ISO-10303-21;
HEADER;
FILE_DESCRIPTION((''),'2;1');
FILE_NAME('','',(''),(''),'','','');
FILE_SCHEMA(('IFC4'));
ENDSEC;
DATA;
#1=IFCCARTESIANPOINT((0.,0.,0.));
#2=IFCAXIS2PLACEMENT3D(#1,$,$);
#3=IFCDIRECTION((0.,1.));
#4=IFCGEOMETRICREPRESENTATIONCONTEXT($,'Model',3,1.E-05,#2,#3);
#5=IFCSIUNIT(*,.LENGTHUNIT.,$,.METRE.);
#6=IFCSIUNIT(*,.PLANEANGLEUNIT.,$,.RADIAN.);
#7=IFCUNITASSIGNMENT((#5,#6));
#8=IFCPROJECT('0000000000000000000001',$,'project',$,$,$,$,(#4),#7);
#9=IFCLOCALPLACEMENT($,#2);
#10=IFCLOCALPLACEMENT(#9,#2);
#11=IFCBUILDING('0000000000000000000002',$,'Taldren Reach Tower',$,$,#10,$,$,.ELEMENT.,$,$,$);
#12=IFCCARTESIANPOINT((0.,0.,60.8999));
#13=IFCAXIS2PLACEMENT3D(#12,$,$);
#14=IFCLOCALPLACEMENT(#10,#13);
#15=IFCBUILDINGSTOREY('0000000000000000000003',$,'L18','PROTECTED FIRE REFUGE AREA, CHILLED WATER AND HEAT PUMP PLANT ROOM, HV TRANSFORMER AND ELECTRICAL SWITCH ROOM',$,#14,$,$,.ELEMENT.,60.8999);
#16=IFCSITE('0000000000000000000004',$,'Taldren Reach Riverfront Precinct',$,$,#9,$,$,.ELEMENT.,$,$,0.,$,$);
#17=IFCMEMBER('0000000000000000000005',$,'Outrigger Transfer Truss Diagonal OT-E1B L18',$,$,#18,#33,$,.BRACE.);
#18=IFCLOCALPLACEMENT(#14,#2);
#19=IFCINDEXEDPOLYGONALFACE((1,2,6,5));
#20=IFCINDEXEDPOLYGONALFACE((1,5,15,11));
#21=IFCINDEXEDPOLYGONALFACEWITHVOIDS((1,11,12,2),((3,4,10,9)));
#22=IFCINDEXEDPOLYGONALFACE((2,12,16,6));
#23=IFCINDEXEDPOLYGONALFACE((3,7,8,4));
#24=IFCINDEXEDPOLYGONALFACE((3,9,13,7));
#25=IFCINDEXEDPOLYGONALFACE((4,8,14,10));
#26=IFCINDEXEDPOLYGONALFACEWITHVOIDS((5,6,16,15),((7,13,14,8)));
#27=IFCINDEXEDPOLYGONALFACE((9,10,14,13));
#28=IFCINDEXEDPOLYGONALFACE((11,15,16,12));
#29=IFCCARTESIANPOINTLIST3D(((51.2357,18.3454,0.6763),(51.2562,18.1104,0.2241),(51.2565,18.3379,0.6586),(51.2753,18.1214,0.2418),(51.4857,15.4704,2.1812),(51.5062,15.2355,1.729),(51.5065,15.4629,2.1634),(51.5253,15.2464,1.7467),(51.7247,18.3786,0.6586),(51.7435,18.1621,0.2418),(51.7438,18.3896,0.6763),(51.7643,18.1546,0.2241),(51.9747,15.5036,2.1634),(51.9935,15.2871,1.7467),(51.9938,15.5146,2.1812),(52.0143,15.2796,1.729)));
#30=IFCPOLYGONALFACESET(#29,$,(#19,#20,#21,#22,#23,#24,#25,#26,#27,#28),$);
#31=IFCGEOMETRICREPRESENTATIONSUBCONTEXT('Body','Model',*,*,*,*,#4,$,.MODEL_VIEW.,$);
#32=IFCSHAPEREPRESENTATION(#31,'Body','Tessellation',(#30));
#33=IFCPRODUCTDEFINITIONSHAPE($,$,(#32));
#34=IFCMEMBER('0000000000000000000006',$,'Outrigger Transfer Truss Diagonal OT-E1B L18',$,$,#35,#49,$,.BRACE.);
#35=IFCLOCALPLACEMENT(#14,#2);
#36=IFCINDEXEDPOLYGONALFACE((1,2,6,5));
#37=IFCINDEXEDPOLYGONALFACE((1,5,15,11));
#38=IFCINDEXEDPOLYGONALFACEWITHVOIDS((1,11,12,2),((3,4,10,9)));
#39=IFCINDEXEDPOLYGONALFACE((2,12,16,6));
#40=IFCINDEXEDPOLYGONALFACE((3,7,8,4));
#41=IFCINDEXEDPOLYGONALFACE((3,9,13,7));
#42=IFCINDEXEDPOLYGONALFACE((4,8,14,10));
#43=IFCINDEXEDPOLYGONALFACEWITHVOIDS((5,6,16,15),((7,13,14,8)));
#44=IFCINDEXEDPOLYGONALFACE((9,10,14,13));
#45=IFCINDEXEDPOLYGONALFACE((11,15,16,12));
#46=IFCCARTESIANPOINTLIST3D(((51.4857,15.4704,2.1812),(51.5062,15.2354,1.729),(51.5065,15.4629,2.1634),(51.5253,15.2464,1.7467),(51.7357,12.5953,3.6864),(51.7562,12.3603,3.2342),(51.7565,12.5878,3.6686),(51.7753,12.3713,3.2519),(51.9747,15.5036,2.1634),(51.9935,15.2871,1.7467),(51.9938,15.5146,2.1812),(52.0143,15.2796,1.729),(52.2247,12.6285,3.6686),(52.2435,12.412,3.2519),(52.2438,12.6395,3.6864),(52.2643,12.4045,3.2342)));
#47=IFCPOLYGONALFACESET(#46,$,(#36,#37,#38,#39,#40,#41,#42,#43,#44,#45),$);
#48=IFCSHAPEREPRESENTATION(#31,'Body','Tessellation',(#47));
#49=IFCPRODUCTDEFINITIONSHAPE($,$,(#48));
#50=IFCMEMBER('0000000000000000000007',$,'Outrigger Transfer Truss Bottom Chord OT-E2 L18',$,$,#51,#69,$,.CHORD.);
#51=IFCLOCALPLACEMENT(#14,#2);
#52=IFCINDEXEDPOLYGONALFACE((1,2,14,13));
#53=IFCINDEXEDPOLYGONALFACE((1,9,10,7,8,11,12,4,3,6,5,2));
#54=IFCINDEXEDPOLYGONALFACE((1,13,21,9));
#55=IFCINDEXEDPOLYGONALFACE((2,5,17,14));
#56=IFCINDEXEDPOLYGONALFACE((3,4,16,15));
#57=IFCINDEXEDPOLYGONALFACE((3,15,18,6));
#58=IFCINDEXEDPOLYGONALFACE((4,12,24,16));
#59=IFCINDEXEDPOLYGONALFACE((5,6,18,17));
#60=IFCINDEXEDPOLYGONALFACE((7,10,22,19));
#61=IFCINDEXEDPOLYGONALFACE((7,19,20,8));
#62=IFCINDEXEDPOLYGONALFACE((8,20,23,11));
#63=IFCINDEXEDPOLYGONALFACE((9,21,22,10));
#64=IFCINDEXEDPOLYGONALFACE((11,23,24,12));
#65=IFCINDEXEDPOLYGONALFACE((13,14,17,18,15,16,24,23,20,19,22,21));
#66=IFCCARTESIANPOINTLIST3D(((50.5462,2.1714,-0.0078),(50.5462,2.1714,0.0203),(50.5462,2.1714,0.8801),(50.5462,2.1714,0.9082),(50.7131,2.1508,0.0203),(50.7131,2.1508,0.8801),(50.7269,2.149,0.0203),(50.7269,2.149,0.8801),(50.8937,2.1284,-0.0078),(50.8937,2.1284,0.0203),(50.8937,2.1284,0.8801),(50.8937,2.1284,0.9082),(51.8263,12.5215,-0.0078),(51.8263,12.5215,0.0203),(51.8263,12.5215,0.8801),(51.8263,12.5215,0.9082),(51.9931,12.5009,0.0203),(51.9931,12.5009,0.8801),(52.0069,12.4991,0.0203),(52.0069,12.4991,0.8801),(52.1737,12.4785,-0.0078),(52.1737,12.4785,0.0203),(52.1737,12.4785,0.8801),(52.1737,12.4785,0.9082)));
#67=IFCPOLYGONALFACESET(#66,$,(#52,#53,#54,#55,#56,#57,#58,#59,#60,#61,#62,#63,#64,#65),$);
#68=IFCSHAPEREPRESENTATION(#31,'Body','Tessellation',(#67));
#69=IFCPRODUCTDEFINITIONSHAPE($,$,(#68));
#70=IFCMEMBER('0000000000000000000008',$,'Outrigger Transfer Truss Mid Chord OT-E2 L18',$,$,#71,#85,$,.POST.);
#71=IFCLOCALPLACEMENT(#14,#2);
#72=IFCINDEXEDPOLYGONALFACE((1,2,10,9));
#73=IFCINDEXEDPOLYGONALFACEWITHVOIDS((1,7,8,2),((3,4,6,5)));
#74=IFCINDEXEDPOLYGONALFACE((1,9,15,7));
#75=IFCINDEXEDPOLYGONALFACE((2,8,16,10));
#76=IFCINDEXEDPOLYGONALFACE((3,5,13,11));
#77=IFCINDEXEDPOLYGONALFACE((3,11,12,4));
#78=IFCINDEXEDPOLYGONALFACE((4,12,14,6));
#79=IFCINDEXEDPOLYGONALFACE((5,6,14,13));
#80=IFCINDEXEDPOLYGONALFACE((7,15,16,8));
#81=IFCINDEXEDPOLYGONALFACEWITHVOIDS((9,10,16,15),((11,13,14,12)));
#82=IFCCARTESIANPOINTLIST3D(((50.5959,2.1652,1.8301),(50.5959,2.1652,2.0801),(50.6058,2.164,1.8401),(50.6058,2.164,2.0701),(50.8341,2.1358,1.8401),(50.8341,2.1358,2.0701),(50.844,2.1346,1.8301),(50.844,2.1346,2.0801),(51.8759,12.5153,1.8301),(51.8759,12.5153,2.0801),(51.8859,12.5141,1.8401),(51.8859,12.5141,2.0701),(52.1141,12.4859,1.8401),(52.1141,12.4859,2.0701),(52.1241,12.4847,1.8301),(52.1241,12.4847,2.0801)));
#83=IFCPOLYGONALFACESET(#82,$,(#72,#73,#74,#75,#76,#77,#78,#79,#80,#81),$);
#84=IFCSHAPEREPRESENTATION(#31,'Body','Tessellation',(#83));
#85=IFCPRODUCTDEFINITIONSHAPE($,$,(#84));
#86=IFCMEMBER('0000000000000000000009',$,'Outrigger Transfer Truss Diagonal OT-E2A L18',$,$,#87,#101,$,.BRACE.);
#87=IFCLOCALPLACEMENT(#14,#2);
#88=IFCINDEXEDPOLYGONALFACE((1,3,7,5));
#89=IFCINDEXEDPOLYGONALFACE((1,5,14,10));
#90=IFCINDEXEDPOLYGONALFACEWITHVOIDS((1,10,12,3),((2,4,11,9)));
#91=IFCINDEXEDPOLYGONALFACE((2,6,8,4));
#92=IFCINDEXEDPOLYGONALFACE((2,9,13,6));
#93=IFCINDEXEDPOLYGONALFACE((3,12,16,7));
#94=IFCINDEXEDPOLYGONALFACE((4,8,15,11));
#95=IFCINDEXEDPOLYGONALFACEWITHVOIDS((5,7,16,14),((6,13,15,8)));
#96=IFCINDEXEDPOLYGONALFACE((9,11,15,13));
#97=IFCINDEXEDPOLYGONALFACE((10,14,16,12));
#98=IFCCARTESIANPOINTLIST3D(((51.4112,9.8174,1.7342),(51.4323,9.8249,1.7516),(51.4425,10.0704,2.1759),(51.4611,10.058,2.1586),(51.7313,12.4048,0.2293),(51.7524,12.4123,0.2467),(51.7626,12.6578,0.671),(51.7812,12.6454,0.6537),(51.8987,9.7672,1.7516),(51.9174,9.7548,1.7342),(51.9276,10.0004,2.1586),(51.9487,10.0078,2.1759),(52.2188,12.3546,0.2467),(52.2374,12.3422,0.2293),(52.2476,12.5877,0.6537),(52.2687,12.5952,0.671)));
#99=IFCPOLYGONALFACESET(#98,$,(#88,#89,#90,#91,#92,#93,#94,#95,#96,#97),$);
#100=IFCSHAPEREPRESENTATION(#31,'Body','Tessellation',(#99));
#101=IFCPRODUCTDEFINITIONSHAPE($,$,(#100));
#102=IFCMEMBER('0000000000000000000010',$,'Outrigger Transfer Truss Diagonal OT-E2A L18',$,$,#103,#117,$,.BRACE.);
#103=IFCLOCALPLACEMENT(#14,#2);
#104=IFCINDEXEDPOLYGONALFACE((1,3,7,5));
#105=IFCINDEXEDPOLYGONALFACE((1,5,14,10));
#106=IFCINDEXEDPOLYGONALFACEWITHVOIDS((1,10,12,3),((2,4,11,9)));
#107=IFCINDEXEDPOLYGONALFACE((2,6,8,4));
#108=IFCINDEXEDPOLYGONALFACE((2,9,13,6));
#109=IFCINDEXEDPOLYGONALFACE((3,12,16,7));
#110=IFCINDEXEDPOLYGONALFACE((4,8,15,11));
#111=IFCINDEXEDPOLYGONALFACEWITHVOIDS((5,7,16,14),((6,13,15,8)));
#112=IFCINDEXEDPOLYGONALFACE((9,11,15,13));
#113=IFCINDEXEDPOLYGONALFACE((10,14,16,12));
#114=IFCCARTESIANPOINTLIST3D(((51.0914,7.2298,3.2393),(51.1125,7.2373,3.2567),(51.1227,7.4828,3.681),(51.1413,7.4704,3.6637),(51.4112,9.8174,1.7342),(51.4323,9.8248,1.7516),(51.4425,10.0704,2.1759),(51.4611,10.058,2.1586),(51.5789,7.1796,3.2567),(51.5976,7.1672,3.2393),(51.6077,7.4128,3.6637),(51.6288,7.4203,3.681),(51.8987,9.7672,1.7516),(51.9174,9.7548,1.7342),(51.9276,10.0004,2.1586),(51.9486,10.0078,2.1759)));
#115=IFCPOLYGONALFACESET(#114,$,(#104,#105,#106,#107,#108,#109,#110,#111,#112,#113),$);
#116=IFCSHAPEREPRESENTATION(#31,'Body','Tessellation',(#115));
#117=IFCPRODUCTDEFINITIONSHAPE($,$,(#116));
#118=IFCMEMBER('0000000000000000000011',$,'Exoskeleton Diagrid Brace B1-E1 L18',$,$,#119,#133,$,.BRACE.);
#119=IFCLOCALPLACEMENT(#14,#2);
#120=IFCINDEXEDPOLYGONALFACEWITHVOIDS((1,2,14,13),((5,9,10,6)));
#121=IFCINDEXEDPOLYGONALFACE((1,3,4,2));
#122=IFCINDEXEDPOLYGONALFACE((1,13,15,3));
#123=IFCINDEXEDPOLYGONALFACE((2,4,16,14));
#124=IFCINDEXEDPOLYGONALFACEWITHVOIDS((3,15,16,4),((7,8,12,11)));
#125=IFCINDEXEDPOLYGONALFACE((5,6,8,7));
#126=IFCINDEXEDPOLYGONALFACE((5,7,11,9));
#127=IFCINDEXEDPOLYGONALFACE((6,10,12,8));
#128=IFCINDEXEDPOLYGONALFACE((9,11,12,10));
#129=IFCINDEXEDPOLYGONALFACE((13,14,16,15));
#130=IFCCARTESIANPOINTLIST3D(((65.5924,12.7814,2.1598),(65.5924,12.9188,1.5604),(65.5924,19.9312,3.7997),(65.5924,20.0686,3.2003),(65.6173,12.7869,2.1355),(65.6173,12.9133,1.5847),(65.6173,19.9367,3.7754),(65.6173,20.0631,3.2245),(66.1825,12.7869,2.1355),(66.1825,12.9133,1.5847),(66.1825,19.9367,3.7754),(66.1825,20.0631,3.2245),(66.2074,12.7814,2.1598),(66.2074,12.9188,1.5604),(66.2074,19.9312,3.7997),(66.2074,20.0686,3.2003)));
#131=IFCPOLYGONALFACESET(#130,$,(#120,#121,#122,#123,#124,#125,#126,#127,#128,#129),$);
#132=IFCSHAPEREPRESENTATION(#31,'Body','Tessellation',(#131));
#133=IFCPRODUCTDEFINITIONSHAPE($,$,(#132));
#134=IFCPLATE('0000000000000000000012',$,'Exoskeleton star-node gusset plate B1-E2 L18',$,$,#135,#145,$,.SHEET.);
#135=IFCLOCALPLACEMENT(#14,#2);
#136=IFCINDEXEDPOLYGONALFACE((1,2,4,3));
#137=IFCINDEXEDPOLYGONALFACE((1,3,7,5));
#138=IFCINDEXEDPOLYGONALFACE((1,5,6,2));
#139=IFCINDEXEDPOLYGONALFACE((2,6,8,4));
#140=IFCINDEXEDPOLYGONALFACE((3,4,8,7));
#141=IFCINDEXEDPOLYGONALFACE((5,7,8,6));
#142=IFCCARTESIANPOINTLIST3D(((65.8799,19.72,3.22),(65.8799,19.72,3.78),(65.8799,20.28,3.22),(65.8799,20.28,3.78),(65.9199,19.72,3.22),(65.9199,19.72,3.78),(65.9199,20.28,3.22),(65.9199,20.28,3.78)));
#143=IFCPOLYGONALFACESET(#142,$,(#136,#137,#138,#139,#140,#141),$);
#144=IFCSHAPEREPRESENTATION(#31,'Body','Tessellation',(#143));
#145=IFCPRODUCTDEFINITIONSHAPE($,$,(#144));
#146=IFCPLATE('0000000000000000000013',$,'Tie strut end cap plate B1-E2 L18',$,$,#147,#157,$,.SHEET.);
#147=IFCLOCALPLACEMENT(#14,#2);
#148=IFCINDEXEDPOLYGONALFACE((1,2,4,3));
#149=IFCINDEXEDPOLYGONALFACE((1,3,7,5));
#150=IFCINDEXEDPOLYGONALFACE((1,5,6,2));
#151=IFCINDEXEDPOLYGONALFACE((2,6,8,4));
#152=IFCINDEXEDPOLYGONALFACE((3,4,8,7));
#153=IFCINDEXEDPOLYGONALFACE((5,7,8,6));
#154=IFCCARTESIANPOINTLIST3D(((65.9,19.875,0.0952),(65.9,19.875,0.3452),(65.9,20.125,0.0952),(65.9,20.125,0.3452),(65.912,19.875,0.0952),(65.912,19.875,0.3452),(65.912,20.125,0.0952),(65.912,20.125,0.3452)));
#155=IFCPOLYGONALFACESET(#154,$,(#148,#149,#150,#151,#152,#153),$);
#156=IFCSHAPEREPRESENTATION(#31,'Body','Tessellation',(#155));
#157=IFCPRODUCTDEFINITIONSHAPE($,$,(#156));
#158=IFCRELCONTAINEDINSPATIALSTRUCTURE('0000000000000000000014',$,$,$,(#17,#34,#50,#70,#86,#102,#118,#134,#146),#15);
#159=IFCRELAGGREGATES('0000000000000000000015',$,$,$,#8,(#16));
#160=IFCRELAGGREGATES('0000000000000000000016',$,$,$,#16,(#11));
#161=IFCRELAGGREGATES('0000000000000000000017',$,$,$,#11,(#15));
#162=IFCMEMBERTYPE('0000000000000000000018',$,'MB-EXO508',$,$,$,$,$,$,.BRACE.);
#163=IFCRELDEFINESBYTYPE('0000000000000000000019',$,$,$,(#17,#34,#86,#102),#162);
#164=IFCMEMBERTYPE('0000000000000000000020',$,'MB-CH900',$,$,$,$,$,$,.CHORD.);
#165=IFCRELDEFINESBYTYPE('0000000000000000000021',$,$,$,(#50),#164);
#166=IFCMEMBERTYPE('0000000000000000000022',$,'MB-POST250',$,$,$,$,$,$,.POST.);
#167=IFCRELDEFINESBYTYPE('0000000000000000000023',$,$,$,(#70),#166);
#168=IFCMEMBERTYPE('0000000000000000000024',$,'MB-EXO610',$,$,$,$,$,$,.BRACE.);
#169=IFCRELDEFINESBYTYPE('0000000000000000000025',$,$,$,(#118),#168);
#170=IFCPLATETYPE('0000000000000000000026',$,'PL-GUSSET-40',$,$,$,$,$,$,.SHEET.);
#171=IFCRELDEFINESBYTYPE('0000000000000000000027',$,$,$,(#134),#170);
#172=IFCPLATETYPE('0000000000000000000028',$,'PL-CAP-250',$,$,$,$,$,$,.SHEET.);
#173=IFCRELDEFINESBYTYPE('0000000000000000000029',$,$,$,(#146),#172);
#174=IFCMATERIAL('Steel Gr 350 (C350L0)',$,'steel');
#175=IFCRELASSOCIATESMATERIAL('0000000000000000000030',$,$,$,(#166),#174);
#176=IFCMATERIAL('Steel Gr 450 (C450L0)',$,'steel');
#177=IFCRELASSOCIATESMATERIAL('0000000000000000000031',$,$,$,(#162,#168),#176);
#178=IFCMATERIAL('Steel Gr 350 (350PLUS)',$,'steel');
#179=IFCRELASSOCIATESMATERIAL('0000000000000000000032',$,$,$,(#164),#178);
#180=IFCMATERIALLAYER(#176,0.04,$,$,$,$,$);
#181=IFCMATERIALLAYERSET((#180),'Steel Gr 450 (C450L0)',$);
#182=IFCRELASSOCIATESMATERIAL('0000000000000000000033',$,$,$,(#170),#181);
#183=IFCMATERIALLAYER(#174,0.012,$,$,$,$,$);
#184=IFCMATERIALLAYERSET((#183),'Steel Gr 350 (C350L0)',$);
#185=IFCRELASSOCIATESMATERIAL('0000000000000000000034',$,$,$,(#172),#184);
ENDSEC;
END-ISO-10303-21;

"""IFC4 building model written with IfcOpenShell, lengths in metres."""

from ifc_helpers import new_model, si_unit, direction, frame, origin, origin_2d, place, context, subcontext, project, spatial, rectangle, hollow_rectangle, i_section, extrude, source, transform, mapped, material, layer, layer_set, material_profile, profile_set, type_object, element, save


model = new_model("IFC4")

# Units and contexts
model_context = context("Model", 3, precision=1e-05, world=origin(), true_north=direction((0.0, 1.0)))
body_context = subcontext(model_context, "Body", "Model", "MODEL_VIEW")
ifc_project = project(units=[si_unit("LENGTHUNIT", "METRE"), si_unit("PLANEANGLEUNIT", "RADIAN")], contexts=[model_context])

# Site, building, storey
site_placement = place(None, origin())
site = spatial("IfcSite", under=ifc_project, at=site_placement, Name="Taldren Reach Riverfront Precinct", CompositionType="ELEMENT", RefElevation=0.0)
building_placement = place(site_placement, origin())
building = spatial("IfcBuilding", under=site, at=building_placement, Name="Taldren Reach Tower", CompositionType="ELEMENT")
storey_placement = place(building_placement, frame((0.0, 0.0, 60.8999)))
storey = spatial("IfcBuildingStorey", under=building, at=storey_placement, Name="L18", Description="PROTECTED FIRE REFUGE AREA, CHILLED WATER AND HEAT PUMP PLANT ROOM, HV TRANSFORMER AND ELECTRICAL SWITCH ROOM", CompositionType="ELEMENT", Elevation=60.8999)

# Shared definitions
ifc_material_1 = material(Name="Steel Gr 350 (350PLUS)", Category="steel")

# Shared definitions
ifc_material_2 = material(Name="Steel Gr 450 (C450L0)", Category="steel")
ifc_material_3 = material(Name="Steel Gr 350 (C350L0)", Category="steel")
ifc_material_profile_1 = material_profile(ifc_material_3, hollow_rectangle(XDim=0.25, YDim=0.25, WallThickness=0.01, at=origin_2d()), Name="250x250x10.0SHS")
ifc_profile_set_1 = profile_set([ifc_material_profile_1], Name="Steel Gr 350 (C350L0)")
member_type_1 = type_object("IfcMemberType", Name="MB-POST250", PredefinedType="POST", material=ifc_profile_set_1)

# Members
ifc_material_profile_2 = material_profile(ifc_material_2, hollow_rectangle(XDim=0.51, YDim=0.51, WallThickness=0.02, at=origin_2d()), Name="510x510x20.0SHS")
ifc_profile_set_2 = profile_set([ifc_material_profile_2], Name="Steel Gr 450 (C450L0)")
member_type_2 = type_object("IfcMemberType", Name="MB-EXO508", PredefinedType="BRACE", material=ifc_profile_set_2)
shared_shape_1 = source(origin(), body_context, "Body", "SweptSolid", [
    extrude(hollow_rectangle(XDim=0.51, YDim=0.51, WallThickness=0.02, at=origin_2d()), origin(), (0.0, 0.0, 1.0), 3.2546),
])
member_1_placement = place(storey_placement, frame((51.5, 18.25, 0.4502), z_axis=(0.076813, -0.883349, 0.462378), x_axis=(0.996241, 0.08663, 0.0)))
element("IfcMember", 1, at=member_1_placement, inside=storey, type_object=member_type_2, Name="Outrigger Transfer Truss Diagonal OT-E1B L18", PredefinedType="BRACE", context=body_context, shape_type="MappedRepresentation", body=[
    mapped(shared_shape_1, transform((0.0, 0.0, 0.0), scale=1.0)),
])
shared_shape_2 = source(origin(), body_context, "Body", "SweptSolid", [
    extrude(hollow_rectangle(XDim=0.51, YDim=0.51, WallThickness=0.02, at=origin_2d()), origin(), (0.0, 0.0, 1.0), 3.2549),
])
member_2_placement = place(storey_placement, frame((51.75, 15.375, 1.9551), z_axis=(0.07681, -0.883319, 0.462437), x_axis=(0.996241, 0.08663, 0.0)))
element("IfcMember", 2, at=member_2_placement, inside=storey, type_object=member_type_2, Name="Outrigger Transfer Truss Diagonal OT-E1B L18", PredefinedType="BRACE", context=body_context, shape_type="MappedRepresentation", body=[
    mapped(shared_shape_2, transform((0.0, 0.0, 0.0), scale=1.0)),
])
ifc_material_profile_3 = material_profile(ifc_material_1, i_section(OverallWidth=0.3501, OverallDepth=0.916, WebThickness=0.0139, FlangeThickness=0.0281, at=origin_2d()), Name="900WB257")
ifc_profile_set_3 = profile_set([ifc_material_profile_3], Name="Steel Gr 350 (350PLUS)")
member_type_3 = type_object("IfcMemberType", Name="MB-CH900", PredefinedType="CHORD", material=ifc_profile_set_3)
shared_shape_3 = source(origin(), body_context, "Body", "SweptSolid", [
    extrude(i_section(OverallWidth=0.3501, OverallDepth=0.916, WebThickness=0.0139, FlangeThickness=0.0281, at=origin_2d()), origin(), (0.0, 0.0, 1.0), 10.429),
])
member_3_placement = place(storey_placement, frame((52.0, 12.5, 0.4502), z_axis=(-0.122738, -0.992439, 0.0), x_axis=(0.992439, -0.122738, 0.0)))
element("IfcMember", 3, at=member_3_placement, inside=storey, type_object=member_type_3, Name="Outrigger Transfer Truss Bottom Chord OT-E2 L18", PredefinedType="CHORD", context=body_context, shape_type="MappedRepresentation", body=[
    mapped(shared_shape_3, transform((0.0, 0.0, 0.0), scale=1.0)),
])
shared_shape_4 = source(origin(), body_context, "Body", "SweptSolid", [
    extrude(hollow_rectangle(XDim=0.25, YDim=0.25, WallThickness=0.01, at=origin_2d()), origin(), (0.0, 0.0, 1.0), 10.429),
])
member_4_placement = place(storey_placement, frame((52.0, 12.5, 1.9551), z_axis=(-0.122738, -0.992439, 0.0), x_axis=(0.992439, -0.122738, 0.0)))
element("IfcMember", 4, at=member_4_placement, inside=storey, type_object=member_type_1, Name="Outrigger Transfer Truss Mid Chord OT-E2 L18", PredefinedType="POST", context=body_context, shape_type="MappedRepresentation", body=[
    mapped(shared_shape_4, transform((0.0, 0.0, 0.0), scale=1.0)),
])
shared_shape_5 = source(origin(), body_context, "Body", "SweptSolid", [
    extrude(hollow_rectangle(XDim=0.51, YDim=0.51, WallThickness=0.02, at=origin_2d()), origin(), (0.0, 0.0, 1.0), 3.0103),
])
member_5_placement = place(storey_placement, frame((52.0, 12.5, 0.4502), z_axis=(-0.106325, -0.859523, 0.499915), x_axis=(0.992436, -0.122767, 0.0)))
element("IfcMember", 5, at=member_5_placement, inside=storey, type_object=member_type_2, Name="Outrigger Transfer Truss Diagonal OT-E2A L18", PredefinedType="BRACE", context=body_context, shape_type="MappedRepresentation", body=[
    mapped(shared_shape_5, transform((0.0, 0.0, 0.0), scale=1.0)),
])
shared_shape_6 = source(origin(), body_context, "Body", "SweptSolid", [
    extrude(hollow_rectangle(XDim=0.51, YDim=0.51, WallThickness=0.02, at=origin_2d()), origin(), (0.0, 0.0, 1.0), 3.0105),
])
member_6_placement = place(storey_placement, frame((51.6799, 9.9126, 1.9551), z_axis=(-0.106233, -0.859517, 0.499945), x_axis=(0.992448, -0.122663, 0.0)))
element("IfcMember", 6, at=member_6_placement, inside=storey, type_object=member_type_2, Name="Outrigger Transfer Truss Diagonal OT-E2A L18", PredefinedType="BRACE", context=body_context, shape_type="MappedRepresentation", body=[
    mapped(shared_shape_6, transform((0.0, 0.0, 0.0), scale=1.0)),
])
ifc_material_profile_4 = material_profile(ifc_material_2, hollow_rectangle(XDim=0.615, YDim=0.615, WallThickness=0.0249, at=origin_2d()), Name="615x615x25.0SHS")
ifc_profile_set_4 = profile_set([ifc_material_profile_4], Name="Steel Gr 450 (C450L0)")
member_type_4 = type_object("IfcMemberType", Name="MB-EXO610", PredefinedType="BRACE", material=ifc_profile_set_4)
shared_shape_7 = source(origin(), body_context, "Body", "SweptSolid", [
    extrude(hollow_rectangle(XDim=0.615, YDim=0.615, WallThickness=0.0249, at=origin_2d()), origin(), (0.0, 0.0, 1.0), 7.3354),
])
member_7_placement = place(storey_placement, frame((65.8999, 12.8501, 1.8601), z_axis=(0.0, 0.974692, 0.223554), x_axis=(-1.0, 0.0, 0.0)))
element("IfcMember", 7, at=member_7_placement, inside=storey, type_object=member_type_4, Name="Exoskeleton Diagrid Brace B1-E1 L18", PredefinedType="BRACE", context=body_context, shape_type="MappedRepresentation", body=[
    mapped(shared_shape_7, transform((0.0, 0.0, 0.0), scale=1.0)),
])

# Plates
ifc_layer_1 = layer(ifc_material_2, 0.04)
ifc_layer_set_1 = layer_set([ifc_layer_1], Name="Steel Gr 450 (C450L0)")
plate_type_1 = type_object("IfcPlateType", Name="PL-GUSSET-40", PredefinedType="SHEET", material=ifc_layer_set_1)
shared_shape_8 = source(origin(), body_context, "Body", "SweptSolid", [
    extrude(rectangle(XDim=0.5601, YDim=0.04, at=origin_2d()), origin(), (0.0, 0.0, 1.0), 0.5601),
])
plate_1_placement = place(storey_placement, frame((65.8999, 20.0, 3.22), z_axis=(0.0, 0.0, 1.0), x_axis=(0.0, 1.0, 0.0)))
element("IfcPlate", 8, at=plate_1_placement, inside=storey, type_object=plate_type_1, Name="Exoskeleton star-node gusset plate B1-E2 L18", PredefinedType="SHEET", context=body_context, shape_type="MappedRepresentation", body=[
    mapped(shared_shape_8, transform((0.0, 0.0, 0.0), scale=1.0)),
])
ifc_layer_2 = layer(ifc_material_3, 0.012)
ifc_layer_set_2 = layer_set([ifc_layer_2], Name="Steel Gr 350 (C350L0)")
plate_type_2 = type_object("IfcPlateType", Name="PL-CAP-250", PredefinedType="SHEET", material=ifc_layer_set_2)
shared_shape_9 = source(origin(), body_context, "Body", "SweptSolid", [
    extrude(rectangle(XDim=0.012, YDim=0.25, at=origin_2d()), origin(), (0.0, 0.0, 1.0), 0.25),
])
plate_2_placement = place(storey_placement, frame((65.906, 20.0, 0.0952), z_axis=(0.0, 0.0, 1.0), x_axis=(1.0, 0.0, 0.0)))
element("IfcPlate", 9, at=plate_2_placement, inside=storey, type_object=plate_type_2, Name="Tie strut end cap plate B1-E2 L18", PredefinedType="SHEET", context=body_context, shape_type="MappedRepresentation", body=[
    mapped(shared_shape_9, transform((0.0, 0.0, 0.0), scale=1.0)),
])

save(model, "model.ifc")
